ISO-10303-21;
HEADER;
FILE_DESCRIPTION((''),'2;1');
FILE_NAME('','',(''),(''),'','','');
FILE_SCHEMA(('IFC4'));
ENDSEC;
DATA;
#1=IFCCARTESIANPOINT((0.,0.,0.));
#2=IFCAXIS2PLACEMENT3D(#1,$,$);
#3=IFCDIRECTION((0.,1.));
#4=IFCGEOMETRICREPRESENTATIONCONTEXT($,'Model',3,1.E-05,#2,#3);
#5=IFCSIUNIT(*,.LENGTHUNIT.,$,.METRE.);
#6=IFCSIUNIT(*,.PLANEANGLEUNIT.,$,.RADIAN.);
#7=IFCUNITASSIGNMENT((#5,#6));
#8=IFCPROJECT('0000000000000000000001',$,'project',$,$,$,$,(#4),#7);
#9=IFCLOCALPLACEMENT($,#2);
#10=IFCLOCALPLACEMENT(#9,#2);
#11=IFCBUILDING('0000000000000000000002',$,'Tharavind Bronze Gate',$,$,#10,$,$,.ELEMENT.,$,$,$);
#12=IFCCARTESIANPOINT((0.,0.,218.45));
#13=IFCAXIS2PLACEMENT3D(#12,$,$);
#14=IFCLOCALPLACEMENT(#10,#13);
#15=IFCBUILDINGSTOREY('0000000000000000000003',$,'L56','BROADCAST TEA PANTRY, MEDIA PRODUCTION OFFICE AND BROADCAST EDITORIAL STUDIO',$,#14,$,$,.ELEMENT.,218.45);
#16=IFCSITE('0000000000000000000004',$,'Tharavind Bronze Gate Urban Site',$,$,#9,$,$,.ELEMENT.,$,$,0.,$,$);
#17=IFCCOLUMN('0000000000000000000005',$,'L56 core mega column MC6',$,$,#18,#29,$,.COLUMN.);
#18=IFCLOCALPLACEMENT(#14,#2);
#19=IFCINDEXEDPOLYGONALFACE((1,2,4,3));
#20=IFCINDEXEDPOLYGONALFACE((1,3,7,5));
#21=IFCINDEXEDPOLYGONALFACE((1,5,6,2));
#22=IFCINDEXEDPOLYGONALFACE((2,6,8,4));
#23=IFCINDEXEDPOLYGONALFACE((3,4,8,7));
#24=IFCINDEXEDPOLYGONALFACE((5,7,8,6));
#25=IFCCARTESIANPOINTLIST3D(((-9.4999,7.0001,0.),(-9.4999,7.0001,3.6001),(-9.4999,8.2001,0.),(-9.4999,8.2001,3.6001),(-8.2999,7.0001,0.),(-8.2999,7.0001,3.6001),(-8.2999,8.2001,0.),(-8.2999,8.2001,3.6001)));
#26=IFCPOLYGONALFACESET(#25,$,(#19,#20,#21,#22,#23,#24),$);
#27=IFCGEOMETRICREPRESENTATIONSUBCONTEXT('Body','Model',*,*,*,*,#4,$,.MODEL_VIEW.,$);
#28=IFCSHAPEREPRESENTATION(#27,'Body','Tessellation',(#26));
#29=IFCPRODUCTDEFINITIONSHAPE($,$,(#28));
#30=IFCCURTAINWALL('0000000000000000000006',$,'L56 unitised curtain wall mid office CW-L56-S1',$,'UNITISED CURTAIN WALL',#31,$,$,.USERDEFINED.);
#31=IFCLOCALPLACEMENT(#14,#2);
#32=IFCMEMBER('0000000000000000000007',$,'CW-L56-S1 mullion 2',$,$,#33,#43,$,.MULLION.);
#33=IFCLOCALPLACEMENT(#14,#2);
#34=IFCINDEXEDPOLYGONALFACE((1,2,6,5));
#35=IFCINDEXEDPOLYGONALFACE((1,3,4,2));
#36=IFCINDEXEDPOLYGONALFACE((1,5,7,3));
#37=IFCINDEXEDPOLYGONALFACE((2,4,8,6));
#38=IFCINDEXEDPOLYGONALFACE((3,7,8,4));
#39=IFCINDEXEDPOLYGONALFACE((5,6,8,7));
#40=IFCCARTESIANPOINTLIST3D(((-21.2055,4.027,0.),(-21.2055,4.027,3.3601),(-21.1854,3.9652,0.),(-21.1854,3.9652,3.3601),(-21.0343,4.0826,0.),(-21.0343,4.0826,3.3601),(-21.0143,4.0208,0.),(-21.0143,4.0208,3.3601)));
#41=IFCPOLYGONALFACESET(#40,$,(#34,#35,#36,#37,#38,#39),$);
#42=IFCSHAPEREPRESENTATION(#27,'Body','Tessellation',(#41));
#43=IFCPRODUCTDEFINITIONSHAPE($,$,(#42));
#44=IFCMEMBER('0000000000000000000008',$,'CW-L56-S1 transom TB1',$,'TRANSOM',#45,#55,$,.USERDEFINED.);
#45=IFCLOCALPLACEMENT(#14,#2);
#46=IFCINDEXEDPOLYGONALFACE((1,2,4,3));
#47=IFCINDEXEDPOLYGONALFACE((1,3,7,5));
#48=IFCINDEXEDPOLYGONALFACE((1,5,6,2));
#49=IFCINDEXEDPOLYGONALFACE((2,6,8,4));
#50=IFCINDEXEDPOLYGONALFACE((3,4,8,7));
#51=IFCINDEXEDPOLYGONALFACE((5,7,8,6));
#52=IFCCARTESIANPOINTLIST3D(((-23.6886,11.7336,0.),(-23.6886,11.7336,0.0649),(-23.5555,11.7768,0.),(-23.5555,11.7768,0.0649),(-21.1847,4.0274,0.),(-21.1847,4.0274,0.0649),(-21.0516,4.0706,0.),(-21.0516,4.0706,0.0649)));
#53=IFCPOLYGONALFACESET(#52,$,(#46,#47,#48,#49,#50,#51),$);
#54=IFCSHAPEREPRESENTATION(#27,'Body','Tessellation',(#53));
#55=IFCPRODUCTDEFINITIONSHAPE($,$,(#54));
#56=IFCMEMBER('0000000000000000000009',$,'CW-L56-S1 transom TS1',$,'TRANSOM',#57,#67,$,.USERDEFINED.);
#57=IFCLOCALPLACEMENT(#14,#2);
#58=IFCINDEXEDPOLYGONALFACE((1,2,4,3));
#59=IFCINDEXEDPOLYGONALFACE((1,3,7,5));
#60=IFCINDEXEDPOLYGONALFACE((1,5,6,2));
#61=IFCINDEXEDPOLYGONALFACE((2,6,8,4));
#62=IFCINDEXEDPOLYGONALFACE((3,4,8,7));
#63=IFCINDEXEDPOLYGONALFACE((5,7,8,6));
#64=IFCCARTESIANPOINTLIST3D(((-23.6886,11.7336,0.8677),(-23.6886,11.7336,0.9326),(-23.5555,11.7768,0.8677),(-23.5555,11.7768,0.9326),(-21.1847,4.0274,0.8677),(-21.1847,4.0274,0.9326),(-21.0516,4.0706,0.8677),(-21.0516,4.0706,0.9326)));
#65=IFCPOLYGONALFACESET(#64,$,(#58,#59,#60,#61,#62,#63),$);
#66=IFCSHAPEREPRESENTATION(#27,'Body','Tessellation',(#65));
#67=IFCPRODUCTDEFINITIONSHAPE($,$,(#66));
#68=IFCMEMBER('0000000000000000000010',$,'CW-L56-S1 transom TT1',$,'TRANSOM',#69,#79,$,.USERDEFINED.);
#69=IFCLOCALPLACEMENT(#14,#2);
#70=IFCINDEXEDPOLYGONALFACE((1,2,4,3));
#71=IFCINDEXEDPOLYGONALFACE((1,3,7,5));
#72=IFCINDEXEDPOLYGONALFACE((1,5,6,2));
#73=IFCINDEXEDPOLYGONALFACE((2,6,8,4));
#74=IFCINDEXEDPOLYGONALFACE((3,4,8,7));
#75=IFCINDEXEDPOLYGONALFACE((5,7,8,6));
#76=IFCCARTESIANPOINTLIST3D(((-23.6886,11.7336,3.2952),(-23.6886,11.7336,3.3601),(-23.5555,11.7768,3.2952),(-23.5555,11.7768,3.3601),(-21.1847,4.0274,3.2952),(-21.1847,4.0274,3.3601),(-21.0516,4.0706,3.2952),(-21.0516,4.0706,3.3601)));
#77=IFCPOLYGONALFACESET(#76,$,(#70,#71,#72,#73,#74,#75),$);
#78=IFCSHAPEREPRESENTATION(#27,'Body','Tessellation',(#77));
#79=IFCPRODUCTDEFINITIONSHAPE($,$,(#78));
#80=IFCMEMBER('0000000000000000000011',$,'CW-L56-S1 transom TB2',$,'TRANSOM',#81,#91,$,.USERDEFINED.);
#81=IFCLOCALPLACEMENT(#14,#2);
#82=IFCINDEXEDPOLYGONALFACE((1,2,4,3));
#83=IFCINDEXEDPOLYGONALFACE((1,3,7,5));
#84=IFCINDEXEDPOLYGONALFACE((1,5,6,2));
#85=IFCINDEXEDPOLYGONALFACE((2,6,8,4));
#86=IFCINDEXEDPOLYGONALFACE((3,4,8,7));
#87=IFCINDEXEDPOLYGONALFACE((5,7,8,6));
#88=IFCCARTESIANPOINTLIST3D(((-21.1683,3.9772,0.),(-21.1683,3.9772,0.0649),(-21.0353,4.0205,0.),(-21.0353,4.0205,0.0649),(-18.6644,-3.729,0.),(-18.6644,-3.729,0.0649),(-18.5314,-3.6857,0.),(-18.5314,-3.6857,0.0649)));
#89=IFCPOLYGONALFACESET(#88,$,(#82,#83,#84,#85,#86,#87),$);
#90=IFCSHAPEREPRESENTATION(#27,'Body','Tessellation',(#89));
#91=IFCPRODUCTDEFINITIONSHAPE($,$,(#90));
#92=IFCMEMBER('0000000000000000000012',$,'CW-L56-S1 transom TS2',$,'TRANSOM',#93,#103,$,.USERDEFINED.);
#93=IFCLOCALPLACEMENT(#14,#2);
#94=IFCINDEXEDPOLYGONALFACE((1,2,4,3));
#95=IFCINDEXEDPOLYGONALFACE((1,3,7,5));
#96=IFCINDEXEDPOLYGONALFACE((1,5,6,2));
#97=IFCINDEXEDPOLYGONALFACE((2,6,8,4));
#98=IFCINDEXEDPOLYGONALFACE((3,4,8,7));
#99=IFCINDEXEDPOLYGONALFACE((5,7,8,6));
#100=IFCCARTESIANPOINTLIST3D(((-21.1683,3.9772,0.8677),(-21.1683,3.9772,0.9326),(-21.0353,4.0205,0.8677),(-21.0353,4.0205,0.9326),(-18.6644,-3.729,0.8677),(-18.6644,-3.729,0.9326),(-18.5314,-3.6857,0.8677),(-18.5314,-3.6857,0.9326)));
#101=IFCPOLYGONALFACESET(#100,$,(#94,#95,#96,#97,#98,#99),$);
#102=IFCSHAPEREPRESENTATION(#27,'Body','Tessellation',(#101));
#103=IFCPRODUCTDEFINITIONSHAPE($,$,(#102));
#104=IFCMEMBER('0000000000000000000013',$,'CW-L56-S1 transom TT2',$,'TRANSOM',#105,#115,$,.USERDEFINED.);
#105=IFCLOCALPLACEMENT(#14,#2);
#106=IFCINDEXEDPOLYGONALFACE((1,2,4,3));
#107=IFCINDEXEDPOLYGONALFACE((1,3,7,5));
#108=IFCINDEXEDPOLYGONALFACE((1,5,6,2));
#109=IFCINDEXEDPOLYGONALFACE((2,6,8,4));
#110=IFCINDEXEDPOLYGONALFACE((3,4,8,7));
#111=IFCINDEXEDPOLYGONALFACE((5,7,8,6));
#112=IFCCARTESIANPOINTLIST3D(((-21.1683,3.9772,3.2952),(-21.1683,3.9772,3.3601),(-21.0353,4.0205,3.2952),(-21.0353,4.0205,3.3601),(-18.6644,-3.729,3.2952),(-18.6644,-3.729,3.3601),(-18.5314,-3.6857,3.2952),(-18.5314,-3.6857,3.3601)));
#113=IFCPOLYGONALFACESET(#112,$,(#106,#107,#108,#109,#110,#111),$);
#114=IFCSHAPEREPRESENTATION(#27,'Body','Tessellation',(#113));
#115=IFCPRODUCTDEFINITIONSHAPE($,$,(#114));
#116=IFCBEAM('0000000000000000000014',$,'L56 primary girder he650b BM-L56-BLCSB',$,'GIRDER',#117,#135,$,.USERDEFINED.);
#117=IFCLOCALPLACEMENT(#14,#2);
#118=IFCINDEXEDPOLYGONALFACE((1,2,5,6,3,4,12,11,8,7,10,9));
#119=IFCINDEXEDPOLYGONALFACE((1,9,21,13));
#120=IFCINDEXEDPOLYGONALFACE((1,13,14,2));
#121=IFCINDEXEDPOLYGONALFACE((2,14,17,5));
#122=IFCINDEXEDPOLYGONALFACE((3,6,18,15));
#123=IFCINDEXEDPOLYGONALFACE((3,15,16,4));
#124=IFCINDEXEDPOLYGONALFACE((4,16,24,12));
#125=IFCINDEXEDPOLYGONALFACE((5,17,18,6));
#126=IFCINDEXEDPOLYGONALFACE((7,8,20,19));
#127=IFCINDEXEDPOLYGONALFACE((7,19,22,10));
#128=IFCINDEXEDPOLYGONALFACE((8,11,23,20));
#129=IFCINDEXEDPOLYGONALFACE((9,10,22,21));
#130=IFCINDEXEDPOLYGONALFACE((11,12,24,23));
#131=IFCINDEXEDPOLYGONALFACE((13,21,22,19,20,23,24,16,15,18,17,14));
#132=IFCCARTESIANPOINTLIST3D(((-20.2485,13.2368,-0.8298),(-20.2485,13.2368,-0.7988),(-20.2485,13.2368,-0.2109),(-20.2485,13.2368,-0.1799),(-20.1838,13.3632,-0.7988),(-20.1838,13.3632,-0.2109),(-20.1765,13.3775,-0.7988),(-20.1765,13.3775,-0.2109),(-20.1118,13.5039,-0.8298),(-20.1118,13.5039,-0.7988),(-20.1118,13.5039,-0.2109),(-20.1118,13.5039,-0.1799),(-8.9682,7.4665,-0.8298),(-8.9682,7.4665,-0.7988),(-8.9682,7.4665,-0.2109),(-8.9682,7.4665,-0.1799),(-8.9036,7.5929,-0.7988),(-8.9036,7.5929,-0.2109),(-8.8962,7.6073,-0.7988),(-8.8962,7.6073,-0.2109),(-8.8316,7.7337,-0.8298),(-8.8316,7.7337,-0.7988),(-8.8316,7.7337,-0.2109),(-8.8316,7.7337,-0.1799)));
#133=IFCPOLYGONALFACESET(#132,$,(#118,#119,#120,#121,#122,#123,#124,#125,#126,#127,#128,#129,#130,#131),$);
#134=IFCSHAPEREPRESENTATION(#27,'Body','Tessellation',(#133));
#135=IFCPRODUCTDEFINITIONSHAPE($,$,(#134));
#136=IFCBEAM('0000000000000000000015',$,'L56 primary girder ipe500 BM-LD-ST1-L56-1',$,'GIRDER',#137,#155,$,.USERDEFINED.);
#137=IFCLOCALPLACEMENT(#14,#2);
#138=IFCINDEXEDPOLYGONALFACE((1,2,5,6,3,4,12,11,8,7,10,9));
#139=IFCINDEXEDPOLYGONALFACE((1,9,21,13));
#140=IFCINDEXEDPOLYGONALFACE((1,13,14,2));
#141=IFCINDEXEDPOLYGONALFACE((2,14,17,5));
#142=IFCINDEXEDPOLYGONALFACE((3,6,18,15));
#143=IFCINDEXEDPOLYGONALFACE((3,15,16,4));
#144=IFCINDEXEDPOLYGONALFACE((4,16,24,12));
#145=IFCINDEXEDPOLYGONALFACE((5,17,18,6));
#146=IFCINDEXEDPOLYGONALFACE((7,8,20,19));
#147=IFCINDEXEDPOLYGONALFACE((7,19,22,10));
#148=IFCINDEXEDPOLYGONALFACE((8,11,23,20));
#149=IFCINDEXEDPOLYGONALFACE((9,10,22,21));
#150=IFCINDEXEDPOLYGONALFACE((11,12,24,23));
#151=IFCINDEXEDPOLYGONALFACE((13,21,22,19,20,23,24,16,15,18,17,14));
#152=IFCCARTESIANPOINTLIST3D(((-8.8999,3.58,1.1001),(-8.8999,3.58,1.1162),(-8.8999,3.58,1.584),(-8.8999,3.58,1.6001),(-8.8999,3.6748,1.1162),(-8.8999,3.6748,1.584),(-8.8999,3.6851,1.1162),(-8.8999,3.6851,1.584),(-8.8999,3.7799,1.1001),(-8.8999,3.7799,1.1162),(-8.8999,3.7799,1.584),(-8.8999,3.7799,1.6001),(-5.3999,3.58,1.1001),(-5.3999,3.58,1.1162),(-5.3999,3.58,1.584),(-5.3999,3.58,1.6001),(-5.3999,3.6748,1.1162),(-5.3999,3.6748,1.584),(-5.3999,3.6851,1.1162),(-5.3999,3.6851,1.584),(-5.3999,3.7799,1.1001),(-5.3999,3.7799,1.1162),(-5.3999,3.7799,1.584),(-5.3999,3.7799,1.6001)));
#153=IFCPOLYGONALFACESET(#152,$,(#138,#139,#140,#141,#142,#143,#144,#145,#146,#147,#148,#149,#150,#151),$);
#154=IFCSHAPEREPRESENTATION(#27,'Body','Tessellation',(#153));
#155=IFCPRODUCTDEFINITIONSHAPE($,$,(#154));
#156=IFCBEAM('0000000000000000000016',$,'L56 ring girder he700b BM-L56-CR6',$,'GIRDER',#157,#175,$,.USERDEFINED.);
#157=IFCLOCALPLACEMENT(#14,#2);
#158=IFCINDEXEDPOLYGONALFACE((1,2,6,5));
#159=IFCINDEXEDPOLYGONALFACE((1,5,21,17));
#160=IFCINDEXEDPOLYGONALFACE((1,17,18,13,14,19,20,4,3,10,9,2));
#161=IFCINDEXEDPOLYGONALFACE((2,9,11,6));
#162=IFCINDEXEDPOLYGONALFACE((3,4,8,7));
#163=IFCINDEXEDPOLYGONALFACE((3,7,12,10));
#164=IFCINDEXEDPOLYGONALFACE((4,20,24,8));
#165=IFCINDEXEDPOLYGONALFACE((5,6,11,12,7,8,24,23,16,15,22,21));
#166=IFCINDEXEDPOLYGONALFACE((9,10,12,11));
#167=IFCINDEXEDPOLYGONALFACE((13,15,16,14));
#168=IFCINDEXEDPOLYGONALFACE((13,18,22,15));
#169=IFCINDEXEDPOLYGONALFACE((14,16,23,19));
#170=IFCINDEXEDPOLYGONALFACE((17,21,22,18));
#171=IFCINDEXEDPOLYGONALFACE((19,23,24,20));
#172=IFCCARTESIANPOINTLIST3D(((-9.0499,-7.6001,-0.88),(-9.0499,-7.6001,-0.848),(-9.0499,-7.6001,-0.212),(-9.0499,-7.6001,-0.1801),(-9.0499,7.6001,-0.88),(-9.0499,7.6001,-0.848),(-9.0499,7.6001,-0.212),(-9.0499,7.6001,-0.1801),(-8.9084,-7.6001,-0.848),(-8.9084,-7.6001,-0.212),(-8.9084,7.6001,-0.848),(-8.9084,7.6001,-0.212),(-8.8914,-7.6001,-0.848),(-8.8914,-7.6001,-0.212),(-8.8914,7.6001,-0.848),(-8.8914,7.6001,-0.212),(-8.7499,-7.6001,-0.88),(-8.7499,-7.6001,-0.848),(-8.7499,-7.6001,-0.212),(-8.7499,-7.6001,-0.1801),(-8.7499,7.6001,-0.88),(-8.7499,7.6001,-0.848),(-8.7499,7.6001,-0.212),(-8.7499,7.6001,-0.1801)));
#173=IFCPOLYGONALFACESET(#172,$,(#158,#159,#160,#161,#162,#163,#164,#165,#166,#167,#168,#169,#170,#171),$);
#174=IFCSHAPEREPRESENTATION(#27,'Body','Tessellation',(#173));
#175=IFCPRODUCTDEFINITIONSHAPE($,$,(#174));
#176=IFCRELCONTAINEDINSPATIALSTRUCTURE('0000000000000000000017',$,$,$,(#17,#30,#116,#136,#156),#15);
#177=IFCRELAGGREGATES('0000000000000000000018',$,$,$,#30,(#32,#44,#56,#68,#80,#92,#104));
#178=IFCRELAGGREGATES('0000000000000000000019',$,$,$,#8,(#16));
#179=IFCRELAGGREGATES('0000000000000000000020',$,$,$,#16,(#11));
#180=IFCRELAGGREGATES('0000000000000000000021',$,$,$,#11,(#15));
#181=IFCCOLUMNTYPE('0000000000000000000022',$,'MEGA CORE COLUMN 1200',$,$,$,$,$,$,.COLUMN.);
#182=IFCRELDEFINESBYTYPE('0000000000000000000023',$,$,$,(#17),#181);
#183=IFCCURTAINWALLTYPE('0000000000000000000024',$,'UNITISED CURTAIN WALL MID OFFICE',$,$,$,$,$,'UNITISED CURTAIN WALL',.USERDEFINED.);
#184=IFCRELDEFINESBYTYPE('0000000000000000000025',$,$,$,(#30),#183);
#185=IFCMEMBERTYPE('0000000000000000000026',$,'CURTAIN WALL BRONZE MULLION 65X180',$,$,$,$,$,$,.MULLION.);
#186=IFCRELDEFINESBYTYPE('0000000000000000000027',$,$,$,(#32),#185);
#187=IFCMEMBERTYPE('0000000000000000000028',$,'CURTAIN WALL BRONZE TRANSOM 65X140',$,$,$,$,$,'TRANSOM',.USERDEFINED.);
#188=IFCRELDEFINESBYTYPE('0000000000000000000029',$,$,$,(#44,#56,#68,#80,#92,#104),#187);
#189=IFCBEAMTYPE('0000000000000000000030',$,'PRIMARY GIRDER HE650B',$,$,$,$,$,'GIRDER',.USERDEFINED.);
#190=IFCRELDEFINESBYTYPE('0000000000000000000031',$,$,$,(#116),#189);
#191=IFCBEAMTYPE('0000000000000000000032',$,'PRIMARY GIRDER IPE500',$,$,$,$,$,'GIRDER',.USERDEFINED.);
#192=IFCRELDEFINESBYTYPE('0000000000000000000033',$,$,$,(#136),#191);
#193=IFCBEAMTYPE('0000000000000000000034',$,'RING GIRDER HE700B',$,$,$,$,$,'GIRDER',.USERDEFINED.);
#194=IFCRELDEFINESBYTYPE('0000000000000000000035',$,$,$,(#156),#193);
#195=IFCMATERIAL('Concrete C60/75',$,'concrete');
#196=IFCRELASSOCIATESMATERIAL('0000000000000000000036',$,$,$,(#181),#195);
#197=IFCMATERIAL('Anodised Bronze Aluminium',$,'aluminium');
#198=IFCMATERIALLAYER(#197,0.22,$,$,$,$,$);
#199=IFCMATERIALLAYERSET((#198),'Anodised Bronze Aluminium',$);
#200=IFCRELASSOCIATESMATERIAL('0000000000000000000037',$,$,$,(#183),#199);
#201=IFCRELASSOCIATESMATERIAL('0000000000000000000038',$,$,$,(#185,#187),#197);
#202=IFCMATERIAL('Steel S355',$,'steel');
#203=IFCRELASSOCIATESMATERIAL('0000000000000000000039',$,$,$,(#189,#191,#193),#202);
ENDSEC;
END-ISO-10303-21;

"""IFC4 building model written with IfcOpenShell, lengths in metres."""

from ifc_helpers import new_model, si_unit, direction, frame, origin, origin_2d, place, context, subcontext, project, spatial, rectangle, i_section, extrude, material, layer, layer_set, material_profile, profile_set, type_object, element, aggregate, save


model = new_model("IFC4")

# Units and contexts
model_context = context("Model", 3, precision=1e-05, world=origin(), true_north=direction((0.0, 1.0)))
body_context = subcontext(model_context, "Body", "Model", "MODEL_VIEW")
ifc_project = project(units=[si_unit("LENGTHUNIT", "METRE"), si_unit("PLANEANGLEUNIT", "RADIAN")], contexts=[model_context])

# Site, building, storey
site_placement = place(None, origin())
site = spatial("IfcSite", under=ifc_project, at=site_placement, Name="Tharavind Bronze Gate Urban Site", CompositionType="ELEMENT", RefElevation=0.0)
building_placement = place(site_placement, origin())
building = spatial("IfcBuilding", under=site, at=building_placement, Name="Tharavind Bronze Gate", CompositionType="ELEMENT")
storey_placement = place(building_placement, frame((0.0, 0.0, 218.45)))
storey = spatial("IfcBuildingStorey", under=building, at=storey_placement, Name="L56", Description="BROADCAST TEA PANTRY, MEDIA PRODUCTION OFFICE AND BROADCAST EDITORIAL STUDIO", CompositionType="ELEMENT", Elevation=218.45)

# Column
ifc_material_1 = material(Name="Concrete C60/75", Category="concrete")
ifc_material_profile_1 = material_profile(ifc_material_1, rectangle(XDim=1.2, YDim=1.2, at=origin_2d()), Name="RCCOL1200")
ifc_profile_set_1 = profile_set([ifc_material_profile_1], Name="Concrete C60/75")
column_type = type_object("IfcColumnType", Name="MEGA CORE COLUMN 1200", PredefinedType="COLUMN", material=ifc_profile_set_1)
column_placement = place(storey_placement, frame((-8.8999, 7.6001, 0.0), z_axis=(0.0, 0.0, 1.0), x_axis=(1.0, 0.0, 0.0)))
element("IfcColumn", 1, at=column_placement, inside=storey, type_object=column_type, Name="L56 core mega column MC6", PredefinedType="COLUMN", context=body_context, shape_type="SweptSolid", body=[
    extrude(rectangle(XDim=1.2, YDim=1.2, at=origin_2d()), origin(), (0.0, 0.0, 1.0), 3.6001),
])

# Curtain wall, members
ifc_material_2 = material(Name="Anodised Bronze Aluminium", Category="aluminium")
ifc_layer_1 = layer(ifc_material_2, 0.22)
ifc_layer_set_1 = layer_set([ifc_layer_1], Name="Anodised Bronze Aluminium")
curtain_wall_type = type_object("IfcCurtainWallType", Name="UNITISED CURTAIN WALL MID OFFICE", ElementType="UNITISED CURTAIN WALL", PredefinedType="USERDEFINED", material=ifc_layer_set_1)
curtain_wall_placement = place(storey_placement, origin())
curtain_wall = element("IfcCurtainWall", 2, at=curtain_wall_placement, inside=storey, type_object=curtain_wall_type, Name="L56 unitised curtain wall mid office CW-L56-S1", ObjectType="UNITISED CURTAIN WALL", PredefinedType="USERDEFINED")
member_type_1 = type_object("IfcMemberType", Name="CURTAIN WALL BRONZE MULLION 65X180", PredefinedType="MULLION", material=ifc_material_2)
member_1_placement = place(storey_placement, frame((-21.1099, 4.0239, 0.0), z_axis=(0.0, 0.0, 1.0), x_axis=(0.309017, -0.951057, 0.0)))
member_1 = element("IfcMember", 3, at=member_1_placement, type_object=member_type_1, Name="CW-L56-S1 mullion 2", PredefinedType="MULLION", context=body_context, shape_type="SweptSolid", body=[
    extrude(rectangle(XDim=0.0649, YDim=0.1799, at=origin_2d()), origin(), (0.0, 0.0, 1.0), 3.3601),
])
member_type_2 = type_object("IfcMemberType", Name="CURTAIN WALL BRONZE TRANSOM 65X140", ElementType="TRANSOM", PredefinedType="USERDEFINED", material=ifc_material_2)
member_2_placement = place(storey_placement, frame((-22.3701, 7.9021, 0.0), z_axis=(0.0, 0.0, 1.0), x_axis=(0.309017, -0.951057, 0.0)))
member_2 = element("IfcMember", 4, at=member_2_placement, type_object=member_type_2, Name="CW-L56-S1 transom TB1", ObjectType="TRANSOM", PredefinedType="USERDEFINED", context=body_context, shape_type="SweptSolid", body=[
    extrude(rectangle(XDim=8.1028, YDim=0.1399, at=origin_2d()), origin(), (0.0, 0.0, 1.0), 0.0649),
])
member_3_placement = place(storey_placement, frame((-22.3701, 7.9021, 0.8677), z_axis=(0.0, 0.0, 1.0), x_axis=(0.309017, -0.951057, 0.0)))
member_3 = element("IfcMember", 5, at=member_3_placement, type_object=member_type_2, Name="CW-L56-S1 transom TS1", ObjectType="TRANSOM", PredefinedType="USERDEFINED", context=body_context, shape_type="SweptSolid", body=[
    extrude(rectangle(XDim=8.1028, YDim=0.1399, at=origin_2d()), origin(), (0.0, 0.0, 1.0), 0.0649),
])
member_4_placement = place(storey_placement, frame((-22.3701, 7.9021, 3.2952), z_axis=(0.0, 0.0, 1.0), x_axis=(0.309017, -0.951057, 0.0)))
member_4 = element("IfcMember", 6, at=member_4_placement, type_object=member_type_2, Name="CW-L56-S1 transom TT1", ObjectType="TRANSOM", PredefinedType="USERDEFINED", context=body_context, shape_type="SweptSolid", body=[
    extrude(rectangle(XDim=8.1028, YDim=0.1399, at=origin_2d()), origin(), (0.0, 0.0, 1.0), 0.0649),
])
member_5_placement = place(storey_placement, frame((-19.8499, 0.1458, 0.0), z_axis=(0.0, 0.0, 1.0), x_axis=(0.309017, -0.951057, 0.0)))
member_5 = element("IfcMember", 7, at=member_5_placement, type_object=member_type_2, Name="CW-L56-S1 transom TB2", ObjectType="TRANSOM", PredefinedType="USERDEFINED", context=body_context, shape_type="SweptSolid", body=[
    extrude(rectangle(XDim=8.1028, YDim=0.1399, at=origin_2d()), origin(), (0.0, 0.0, 1.0), 0.0649),
])
member_6_placement = place(storey_placement, frame((-19.8499, 0.1458, 0.8677), z_axis=(0.0, 0.0, 1.0), x_axis=(0.309017, -0.951057, 0.0)))
member_6 = element("IfcMember", 8, at=member_6_placement, type_object=member_type_2, Name="CW-L56-S1 transom TS2", ObjectType="TRANSOM", PredefinedType="USERDEFINED", context=body_context, shape_type="SweptSolid", body=[
    extrude(rectangle(XDim=8.1028, YDim=0.1399, at=origin_2d()), origin(), (0.0, 0.0, 1.0), 0.0649),
])
member_7_placement = place(storey_placement, frame((-19.8499, 0.1458, 3.2952), z_axis=(0.0, 0.0, 1.0), x_axis=(0.309017, -0.951057, 0.0)))
member_7 = element("IfcMember", 9, at=member_7_placement, type_object=member_type_2, Name="CW-L56-S1 transom TT2", ObjectType="TRANSOM", PredefinedType="USERDEFINED", context=body_context, shape_type="SweptSolid", body=[
    extrude(rectangle(XDim=8.1028, YDim=0.1399, at=origin_2d()), origin(), (0.0, 0.0, 1.0), 0.0649),
])

# Beams
ifc_material_3 = material(Name="Steel S355", Category="steel")
ifc_material_profile_2 = material_profile(ifc_material_3, i_section(OverallWidth=0.3, OverallDepth=0.6499, WebThickness=0.0161, FlangeThickness=0.031, at=origin_2d()), Name="HE650B")
ifc_profile_set_2 = profile_set([ifc_material_profile_2], Name="Steel S355")
beam_type_1 = type_object("IfcBeamType", Name="PRIMARY GIRDER HE650B", ElementType="GIRDER", PredefinedType="USERDEFINED", material=ifc_profile_set_2)
beam_1_placement = place(storey_placement, frame((-8.8999, 7.6001, -0.5049), z_axis=(-0.890281, 0.455411, 0.0), x_axis=(-0.455411, -0.890281, 0.0)))
element("IfcBeam", 10, at=beam_1_placement, inside=storey, type_object=beam_type_1, Name="L56 primary girder he650b BM-L56-BLCSB", ObjectType="GIRDER", PredefinedType="USERDEFINED", context=body_context, shape_type="SweptSolid", body=[
    extrude(i_section(OverallWidth=0.3, OverallDepth=0.6499, WebThickness=0.0161, FlangeThickness=0.031, at=origin_2d()), origin(), (0.0, 0.0, 1.0), 12.6704),
])
ifc_material_profile_3 = material_profile(ifc_material_3, i_section(OverallWidth=0.2, OverallDepth=0.5, WebThickness=0.0103, FlangeThickness=0.0161, at=origin_2d()), Name="IPE500")
ifc_profile_set_3 = profile_set([ifc_material_profile_3], Name="Steel S355")
beam_type_2 = type_object("IfcBeamType", Name="PRIMARY GIRDER IPE500", ElementType="GIRDER", PredefinedType="USERDEFINED", material=ifc_profile_set_3)
beam_2_placement = place(storey_placement, frame((-8.8999, 3.6799, 1.3501), z_axis=(1.0, 0.0, 0.0), x_axis=(0.0, 1.0, 0.0)))
element("IfcBeam", 11, at=beam_2_placement, inside=storey, type_object=beam_type_2, Name="L56 primary girder ipe500 BM-LD-ST1-L56-1", ObjectType="GIRDER", PredefinedType="USERDEFINED", context=body_context, shape_type="SweptSolid", body=[
    extrude(i_section(OverallWidth=0.2, OverallDepth=0.5, WebThickness=0.0103, FlangeThickness=0.0161, at=origin_2d()), origin(), (0.0, 0.0, 1.0), 3.5),
])
ifc_material_profile_4 = material_profile(ifc_material_3, i_section(OverallWidth=0.3, OverallDepth=0.7, WebThickness=0.0171, FlangeThickness=0.032, at=origin_2d()), Name="HE700B")
ifc_profile_set_4 = profile_set([ifc_material_profile_4], Name="Steel S355")
beam_type_3 = type_object("IfcBeamType", Name="RING GIRDER HE700B", ElementType="GIRDER", PredefinedType="USERDEFINED", material=ifc_profile_set_4)
beam_3_placement = place(storey_placement, frame((-8.8999, 7.6001, -0.53), z_axis=(0.0, -1.0, 0.0), x_axis=(1.0, 0.0, 0.0)))
element("IfcBeam", 12, at=beam_3_placement, inside=storey, type_object=beam_type_3, Name="L56 ring girder he700b BM-L56-CR6", ObjectType="GIRDER", PredefinedType="USERDEFINED", context=body_context, shape_type="SweptSolid", body=[
    extrude(i_section(OverallWidth=0.3, OverallDepth=0.7, WebThickness=0.0171, FlangeThickness=0.032, at=origin_2d()), origin(), (0.0, 0.0, 1.0), 15.2002),
])

aggregate(curtain_wall, [member_1, member_2, member_3, member_4, member_5, member_6, member_7])

save(model, "model.ifc")
